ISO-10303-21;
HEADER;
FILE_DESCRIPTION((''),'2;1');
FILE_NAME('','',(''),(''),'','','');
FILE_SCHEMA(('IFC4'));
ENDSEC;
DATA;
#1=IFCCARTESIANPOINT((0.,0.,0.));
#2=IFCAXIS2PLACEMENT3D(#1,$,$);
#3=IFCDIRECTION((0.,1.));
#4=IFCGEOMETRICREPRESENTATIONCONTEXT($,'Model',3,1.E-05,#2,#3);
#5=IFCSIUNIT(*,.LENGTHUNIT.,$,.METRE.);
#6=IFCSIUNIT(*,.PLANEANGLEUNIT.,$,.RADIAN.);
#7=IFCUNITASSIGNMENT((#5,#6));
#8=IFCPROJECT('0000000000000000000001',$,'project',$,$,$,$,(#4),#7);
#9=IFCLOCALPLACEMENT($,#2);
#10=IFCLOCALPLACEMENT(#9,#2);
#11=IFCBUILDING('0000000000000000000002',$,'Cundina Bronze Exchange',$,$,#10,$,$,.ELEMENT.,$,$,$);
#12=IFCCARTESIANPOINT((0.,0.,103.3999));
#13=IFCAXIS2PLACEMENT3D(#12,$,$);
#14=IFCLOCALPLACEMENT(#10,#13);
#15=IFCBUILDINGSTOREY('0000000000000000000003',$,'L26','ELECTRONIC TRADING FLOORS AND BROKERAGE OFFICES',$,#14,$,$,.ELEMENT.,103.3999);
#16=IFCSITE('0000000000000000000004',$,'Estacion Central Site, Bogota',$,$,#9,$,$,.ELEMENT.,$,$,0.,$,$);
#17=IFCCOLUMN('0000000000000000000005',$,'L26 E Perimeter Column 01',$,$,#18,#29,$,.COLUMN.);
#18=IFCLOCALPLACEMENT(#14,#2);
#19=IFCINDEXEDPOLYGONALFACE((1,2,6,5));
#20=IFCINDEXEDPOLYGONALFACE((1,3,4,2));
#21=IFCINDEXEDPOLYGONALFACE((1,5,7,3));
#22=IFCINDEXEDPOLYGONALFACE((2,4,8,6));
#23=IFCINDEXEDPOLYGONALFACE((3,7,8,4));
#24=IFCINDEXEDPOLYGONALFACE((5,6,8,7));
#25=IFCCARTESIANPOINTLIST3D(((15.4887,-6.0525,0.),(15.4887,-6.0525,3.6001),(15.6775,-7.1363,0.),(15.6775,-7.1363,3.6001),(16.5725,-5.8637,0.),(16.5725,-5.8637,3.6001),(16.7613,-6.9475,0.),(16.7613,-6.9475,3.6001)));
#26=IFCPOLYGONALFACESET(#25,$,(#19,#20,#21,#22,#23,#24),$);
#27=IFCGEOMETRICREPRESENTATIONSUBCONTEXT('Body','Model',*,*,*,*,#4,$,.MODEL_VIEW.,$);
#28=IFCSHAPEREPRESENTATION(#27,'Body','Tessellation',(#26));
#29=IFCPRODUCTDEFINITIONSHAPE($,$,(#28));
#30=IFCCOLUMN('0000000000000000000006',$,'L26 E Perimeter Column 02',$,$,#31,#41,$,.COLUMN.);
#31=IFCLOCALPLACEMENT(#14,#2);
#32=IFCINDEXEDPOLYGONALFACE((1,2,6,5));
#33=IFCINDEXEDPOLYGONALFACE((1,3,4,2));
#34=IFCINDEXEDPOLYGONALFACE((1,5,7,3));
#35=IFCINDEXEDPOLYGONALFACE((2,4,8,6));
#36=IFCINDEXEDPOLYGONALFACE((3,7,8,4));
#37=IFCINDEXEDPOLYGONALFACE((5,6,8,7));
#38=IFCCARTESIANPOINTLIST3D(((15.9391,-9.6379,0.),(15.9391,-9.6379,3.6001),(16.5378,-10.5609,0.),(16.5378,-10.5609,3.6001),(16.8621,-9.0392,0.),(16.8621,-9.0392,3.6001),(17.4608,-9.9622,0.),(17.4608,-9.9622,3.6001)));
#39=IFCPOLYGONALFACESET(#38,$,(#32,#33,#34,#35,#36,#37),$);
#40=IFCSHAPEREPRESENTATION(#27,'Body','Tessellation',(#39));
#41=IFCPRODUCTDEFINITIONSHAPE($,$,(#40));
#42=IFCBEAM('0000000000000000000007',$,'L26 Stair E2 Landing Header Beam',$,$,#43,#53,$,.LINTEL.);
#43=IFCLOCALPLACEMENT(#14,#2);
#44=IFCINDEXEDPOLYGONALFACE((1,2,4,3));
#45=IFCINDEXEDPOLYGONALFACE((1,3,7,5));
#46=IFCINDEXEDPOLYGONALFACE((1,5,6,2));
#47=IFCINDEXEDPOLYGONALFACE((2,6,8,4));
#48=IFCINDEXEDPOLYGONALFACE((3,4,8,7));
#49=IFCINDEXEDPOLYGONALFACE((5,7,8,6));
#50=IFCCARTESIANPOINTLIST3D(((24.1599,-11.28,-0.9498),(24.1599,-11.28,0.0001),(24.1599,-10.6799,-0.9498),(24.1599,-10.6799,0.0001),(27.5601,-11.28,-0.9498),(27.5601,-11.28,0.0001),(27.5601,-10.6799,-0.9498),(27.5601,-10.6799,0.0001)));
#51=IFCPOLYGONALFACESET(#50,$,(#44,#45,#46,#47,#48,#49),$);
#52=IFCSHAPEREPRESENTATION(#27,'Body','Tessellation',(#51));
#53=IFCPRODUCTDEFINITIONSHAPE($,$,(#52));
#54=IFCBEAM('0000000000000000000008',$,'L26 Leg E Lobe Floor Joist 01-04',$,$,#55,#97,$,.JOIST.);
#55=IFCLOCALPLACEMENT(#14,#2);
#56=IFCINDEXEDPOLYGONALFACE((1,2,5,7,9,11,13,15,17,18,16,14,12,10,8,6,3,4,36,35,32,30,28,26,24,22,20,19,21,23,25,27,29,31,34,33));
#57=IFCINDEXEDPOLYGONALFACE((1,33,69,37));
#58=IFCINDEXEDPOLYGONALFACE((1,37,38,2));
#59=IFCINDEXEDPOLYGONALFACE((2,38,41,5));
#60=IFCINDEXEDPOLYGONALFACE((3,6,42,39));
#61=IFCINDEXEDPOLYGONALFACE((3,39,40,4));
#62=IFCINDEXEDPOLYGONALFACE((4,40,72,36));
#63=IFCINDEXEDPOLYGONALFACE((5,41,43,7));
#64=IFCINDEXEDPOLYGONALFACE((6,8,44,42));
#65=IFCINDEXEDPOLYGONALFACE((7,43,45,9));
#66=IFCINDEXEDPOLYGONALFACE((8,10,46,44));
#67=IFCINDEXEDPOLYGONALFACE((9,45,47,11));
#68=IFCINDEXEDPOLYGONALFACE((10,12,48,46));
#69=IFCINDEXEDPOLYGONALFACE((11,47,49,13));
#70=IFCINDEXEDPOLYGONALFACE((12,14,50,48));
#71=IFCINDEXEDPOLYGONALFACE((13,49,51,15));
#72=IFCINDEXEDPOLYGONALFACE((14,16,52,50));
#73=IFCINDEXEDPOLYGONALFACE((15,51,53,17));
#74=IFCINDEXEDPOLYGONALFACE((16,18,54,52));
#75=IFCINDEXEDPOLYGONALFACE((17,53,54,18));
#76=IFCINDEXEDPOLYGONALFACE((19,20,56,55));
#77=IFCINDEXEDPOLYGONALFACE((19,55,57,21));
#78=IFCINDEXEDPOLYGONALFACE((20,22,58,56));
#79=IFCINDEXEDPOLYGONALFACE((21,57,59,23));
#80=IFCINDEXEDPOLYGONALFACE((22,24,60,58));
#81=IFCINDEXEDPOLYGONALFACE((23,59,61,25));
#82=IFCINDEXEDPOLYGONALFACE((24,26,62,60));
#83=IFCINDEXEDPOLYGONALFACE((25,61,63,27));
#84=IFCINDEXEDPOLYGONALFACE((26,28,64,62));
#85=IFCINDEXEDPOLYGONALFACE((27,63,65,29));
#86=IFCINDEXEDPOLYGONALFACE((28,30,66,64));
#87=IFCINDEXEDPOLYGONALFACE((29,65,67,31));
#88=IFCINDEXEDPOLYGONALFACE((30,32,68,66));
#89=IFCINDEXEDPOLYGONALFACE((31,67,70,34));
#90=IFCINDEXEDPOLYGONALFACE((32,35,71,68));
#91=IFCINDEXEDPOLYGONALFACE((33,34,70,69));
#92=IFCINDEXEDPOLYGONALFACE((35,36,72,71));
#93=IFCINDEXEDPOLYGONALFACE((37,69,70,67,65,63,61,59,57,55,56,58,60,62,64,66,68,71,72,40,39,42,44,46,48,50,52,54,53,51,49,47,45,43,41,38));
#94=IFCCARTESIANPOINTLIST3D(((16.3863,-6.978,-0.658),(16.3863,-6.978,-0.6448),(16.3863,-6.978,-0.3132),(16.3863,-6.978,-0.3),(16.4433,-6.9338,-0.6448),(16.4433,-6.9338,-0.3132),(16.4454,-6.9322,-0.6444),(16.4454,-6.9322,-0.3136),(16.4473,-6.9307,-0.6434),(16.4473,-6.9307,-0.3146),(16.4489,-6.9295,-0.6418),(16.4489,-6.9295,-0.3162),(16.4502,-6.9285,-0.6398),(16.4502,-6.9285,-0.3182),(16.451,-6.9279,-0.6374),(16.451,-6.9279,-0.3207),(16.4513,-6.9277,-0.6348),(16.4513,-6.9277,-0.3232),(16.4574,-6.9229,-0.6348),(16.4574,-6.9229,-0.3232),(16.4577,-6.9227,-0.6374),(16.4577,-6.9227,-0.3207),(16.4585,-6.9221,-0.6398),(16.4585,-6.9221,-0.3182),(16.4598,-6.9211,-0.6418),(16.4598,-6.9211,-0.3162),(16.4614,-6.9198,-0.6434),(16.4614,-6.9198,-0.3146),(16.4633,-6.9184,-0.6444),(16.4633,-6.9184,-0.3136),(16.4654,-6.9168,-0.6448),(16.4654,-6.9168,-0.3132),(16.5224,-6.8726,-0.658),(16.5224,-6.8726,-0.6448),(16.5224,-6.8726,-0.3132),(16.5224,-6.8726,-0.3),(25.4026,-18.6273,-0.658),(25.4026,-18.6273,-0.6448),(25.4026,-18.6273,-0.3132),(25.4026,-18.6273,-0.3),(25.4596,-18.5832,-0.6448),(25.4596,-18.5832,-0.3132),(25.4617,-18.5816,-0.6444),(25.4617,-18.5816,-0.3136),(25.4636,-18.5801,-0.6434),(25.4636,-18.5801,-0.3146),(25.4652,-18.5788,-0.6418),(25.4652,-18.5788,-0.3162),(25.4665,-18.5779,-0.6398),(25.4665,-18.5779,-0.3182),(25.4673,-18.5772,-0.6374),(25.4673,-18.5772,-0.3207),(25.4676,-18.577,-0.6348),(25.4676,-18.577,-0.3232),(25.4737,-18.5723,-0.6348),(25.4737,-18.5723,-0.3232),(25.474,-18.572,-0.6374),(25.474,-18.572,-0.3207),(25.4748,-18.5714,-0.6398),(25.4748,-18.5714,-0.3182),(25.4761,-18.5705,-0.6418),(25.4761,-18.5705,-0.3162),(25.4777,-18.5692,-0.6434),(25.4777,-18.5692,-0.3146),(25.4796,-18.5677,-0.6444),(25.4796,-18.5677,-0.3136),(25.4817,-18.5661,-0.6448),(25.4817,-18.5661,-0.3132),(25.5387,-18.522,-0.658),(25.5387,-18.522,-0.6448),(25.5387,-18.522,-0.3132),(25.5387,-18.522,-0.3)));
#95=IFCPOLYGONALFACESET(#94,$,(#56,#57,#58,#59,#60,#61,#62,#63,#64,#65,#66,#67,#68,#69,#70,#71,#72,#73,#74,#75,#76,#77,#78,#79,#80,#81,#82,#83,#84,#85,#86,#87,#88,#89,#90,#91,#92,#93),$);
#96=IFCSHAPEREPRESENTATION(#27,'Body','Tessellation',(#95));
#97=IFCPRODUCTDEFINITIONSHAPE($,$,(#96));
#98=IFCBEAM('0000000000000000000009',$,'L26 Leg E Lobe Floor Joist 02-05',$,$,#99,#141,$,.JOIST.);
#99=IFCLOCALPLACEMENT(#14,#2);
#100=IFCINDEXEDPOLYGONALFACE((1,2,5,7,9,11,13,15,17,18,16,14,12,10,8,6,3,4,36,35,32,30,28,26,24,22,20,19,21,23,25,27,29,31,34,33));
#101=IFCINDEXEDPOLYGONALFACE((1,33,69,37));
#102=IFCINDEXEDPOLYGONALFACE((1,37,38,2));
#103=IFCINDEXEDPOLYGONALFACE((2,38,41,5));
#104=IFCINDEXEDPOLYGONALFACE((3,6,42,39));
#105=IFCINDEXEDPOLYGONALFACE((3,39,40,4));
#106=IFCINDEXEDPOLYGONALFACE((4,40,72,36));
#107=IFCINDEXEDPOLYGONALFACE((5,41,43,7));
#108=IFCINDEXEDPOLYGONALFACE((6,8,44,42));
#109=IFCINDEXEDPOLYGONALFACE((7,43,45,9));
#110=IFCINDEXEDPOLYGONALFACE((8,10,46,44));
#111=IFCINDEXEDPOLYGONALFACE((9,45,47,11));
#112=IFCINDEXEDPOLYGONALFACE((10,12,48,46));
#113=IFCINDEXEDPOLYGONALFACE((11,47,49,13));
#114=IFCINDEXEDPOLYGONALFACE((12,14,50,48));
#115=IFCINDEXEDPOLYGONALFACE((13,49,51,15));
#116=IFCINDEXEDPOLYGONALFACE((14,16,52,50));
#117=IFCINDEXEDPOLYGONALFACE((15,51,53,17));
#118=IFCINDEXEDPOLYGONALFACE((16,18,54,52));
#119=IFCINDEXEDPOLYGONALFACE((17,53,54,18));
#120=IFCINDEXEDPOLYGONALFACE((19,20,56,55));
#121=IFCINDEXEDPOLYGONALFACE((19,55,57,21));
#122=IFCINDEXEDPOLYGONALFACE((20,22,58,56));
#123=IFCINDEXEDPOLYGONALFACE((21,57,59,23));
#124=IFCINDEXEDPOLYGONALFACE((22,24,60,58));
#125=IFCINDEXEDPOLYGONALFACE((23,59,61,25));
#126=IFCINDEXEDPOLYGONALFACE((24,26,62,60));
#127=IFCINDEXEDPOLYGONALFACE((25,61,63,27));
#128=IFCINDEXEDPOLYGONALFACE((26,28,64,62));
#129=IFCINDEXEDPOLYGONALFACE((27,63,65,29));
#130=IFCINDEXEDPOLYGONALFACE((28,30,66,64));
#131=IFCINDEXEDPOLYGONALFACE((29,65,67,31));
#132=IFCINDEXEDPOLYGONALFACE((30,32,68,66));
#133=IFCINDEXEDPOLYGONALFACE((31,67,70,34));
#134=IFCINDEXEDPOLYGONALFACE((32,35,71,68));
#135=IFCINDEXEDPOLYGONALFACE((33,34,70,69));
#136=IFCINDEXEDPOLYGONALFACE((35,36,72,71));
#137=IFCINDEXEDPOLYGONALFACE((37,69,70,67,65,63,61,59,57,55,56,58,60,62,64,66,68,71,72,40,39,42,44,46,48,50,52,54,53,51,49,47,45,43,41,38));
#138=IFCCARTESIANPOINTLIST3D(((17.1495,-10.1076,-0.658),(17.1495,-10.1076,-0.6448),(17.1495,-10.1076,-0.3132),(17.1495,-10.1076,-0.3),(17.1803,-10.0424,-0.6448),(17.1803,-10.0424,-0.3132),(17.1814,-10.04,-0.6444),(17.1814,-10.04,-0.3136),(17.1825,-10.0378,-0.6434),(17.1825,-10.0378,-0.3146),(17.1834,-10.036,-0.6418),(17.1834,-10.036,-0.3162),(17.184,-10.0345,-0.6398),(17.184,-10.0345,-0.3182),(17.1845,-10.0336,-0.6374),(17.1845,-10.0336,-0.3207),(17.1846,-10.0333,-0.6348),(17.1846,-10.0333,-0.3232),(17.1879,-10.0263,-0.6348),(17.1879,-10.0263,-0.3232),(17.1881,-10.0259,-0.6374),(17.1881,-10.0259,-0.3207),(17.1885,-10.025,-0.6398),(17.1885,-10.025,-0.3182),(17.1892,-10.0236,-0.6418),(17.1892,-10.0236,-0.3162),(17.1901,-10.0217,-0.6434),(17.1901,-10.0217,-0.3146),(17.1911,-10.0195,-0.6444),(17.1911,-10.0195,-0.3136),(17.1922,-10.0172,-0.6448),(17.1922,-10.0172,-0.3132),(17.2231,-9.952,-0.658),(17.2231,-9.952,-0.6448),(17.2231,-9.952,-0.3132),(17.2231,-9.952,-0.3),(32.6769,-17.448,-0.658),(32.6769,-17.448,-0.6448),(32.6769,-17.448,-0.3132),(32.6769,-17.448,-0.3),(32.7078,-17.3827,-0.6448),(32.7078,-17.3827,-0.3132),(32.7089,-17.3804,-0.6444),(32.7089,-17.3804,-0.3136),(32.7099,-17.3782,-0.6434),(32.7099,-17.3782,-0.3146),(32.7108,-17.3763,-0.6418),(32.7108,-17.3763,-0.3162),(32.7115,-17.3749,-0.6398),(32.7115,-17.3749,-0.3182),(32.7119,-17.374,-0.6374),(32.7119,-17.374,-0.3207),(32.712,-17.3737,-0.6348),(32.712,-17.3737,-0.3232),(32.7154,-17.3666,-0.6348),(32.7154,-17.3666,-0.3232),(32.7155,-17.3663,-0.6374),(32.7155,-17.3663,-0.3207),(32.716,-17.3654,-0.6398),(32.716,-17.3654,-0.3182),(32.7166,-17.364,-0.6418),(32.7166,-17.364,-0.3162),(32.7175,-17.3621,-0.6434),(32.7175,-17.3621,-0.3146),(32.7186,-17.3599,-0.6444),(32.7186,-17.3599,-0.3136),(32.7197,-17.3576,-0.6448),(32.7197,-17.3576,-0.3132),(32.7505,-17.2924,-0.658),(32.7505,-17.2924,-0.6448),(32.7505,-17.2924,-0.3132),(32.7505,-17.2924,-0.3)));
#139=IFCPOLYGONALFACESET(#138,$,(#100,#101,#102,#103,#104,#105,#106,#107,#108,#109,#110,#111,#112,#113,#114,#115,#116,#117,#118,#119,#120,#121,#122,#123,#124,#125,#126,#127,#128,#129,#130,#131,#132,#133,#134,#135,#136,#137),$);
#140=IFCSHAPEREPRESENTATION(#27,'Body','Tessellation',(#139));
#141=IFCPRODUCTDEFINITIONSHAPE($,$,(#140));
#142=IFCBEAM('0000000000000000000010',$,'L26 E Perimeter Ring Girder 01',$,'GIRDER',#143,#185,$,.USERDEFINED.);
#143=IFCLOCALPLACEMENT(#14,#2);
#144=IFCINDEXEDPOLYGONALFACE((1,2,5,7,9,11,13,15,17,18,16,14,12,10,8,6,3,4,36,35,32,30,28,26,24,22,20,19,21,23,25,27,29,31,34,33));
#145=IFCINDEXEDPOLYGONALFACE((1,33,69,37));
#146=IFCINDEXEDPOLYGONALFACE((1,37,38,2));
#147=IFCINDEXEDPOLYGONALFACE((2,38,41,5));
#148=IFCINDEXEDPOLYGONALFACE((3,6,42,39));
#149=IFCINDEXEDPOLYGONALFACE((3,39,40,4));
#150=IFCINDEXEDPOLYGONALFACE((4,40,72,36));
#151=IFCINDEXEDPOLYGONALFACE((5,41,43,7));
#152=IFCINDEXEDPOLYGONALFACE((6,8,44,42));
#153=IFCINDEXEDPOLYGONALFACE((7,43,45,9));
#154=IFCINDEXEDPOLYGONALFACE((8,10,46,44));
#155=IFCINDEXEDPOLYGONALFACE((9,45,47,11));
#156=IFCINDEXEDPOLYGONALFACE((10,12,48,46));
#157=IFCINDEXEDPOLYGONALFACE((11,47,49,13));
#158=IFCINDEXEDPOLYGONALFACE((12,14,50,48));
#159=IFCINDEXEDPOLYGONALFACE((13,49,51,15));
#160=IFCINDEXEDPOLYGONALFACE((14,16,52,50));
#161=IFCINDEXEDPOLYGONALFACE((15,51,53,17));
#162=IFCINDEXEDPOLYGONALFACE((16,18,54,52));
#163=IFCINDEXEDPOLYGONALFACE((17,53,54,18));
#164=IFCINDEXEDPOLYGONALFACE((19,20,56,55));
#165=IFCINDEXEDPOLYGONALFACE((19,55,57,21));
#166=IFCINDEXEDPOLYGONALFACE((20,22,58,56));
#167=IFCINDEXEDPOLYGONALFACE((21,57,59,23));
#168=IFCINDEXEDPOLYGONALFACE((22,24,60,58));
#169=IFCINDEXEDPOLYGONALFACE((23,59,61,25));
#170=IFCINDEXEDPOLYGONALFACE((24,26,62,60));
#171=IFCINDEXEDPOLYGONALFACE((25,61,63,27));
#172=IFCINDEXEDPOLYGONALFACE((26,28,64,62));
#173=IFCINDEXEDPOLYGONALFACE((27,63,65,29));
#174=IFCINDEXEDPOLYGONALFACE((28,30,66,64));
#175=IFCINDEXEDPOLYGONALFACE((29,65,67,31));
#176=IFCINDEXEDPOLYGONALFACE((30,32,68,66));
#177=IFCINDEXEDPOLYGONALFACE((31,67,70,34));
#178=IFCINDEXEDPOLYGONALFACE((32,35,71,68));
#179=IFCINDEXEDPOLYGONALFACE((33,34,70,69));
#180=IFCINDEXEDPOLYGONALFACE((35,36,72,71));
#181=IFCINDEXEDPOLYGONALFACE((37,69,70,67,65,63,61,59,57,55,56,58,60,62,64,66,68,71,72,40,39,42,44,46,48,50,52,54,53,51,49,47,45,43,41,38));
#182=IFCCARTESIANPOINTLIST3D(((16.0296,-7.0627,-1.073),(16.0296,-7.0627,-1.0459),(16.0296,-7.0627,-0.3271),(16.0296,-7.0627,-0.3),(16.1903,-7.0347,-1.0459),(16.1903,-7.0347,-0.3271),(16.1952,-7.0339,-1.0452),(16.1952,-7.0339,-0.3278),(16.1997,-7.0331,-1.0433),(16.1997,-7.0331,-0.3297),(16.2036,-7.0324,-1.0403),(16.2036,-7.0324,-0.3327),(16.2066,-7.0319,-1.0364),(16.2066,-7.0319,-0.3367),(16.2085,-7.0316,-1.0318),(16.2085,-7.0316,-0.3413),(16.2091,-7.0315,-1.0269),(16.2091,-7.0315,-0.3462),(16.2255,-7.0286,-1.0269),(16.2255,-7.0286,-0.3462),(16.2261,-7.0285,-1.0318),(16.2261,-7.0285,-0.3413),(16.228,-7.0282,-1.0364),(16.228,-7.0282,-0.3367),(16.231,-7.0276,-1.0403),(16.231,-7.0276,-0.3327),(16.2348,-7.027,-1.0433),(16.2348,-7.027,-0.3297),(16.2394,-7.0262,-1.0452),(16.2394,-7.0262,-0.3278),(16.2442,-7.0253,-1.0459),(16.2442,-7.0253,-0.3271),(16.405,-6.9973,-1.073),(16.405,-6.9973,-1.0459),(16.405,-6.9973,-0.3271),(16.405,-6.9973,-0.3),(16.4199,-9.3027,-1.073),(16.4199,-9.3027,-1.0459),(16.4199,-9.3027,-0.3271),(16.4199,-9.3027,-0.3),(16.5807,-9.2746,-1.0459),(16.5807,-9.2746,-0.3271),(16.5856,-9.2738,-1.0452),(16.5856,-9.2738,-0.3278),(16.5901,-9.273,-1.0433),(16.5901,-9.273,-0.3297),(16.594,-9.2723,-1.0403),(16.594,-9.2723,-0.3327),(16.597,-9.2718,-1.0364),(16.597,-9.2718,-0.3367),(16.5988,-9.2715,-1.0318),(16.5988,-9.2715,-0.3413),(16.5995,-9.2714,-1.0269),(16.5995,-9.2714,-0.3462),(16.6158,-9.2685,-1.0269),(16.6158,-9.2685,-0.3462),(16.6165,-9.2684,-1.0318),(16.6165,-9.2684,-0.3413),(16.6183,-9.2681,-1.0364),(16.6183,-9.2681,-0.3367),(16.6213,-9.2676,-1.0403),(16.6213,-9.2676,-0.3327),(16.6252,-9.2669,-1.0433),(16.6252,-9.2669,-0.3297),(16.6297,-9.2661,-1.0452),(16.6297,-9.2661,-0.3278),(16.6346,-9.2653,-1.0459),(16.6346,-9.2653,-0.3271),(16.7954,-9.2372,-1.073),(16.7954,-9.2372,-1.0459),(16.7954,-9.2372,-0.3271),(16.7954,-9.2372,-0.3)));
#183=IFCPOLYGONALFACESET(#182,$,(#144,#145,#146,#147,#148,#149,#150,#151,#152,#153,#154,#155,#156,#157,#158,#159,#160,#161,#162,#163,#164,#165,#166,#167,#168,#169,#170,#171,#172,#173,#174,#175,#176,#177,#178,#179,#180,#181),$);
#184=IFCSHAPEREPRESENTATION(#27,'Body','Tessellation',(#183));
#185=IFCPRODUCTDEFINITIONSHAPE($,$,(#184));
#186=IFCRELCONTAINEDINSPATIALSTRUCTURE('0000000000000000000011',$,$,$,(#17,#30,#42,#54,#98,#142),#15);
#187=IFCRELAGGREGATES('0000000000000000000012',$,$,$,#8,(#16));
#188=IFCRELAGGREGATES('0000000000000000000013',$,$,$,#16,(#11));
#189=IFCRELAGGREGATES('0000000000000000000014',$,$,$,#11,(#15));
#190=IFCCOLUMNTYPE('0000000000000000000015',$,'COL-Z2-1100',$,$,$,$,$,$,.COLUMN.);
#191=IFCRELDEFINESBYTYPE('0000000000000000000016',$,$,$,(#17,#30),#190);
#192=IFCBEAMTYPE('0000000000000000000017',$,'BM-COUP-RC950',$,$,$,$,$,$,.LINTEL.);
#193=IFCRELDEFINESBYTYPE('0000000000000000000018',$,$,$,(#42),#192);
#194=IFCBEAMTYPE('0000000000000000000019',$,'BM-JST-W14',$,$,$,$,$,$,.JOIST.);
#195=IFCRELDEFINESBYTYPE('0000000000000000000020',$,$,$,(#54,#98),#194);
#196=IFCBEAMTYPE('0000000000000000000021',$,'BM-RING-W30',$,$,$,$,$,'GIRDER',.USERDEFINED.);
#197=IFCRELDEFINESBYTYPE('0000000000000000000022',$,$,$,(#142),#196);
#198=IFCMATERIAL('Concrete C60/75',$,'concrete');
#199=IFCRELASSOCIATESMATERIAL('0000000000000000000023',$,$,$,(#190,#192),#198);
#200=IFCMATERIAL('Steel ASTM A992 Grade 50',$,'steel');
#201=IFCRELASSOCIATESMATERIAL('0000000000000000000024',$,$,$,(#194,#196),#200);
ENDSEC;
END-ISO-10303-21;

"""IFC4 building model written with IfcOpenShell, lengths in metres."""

from ifc_helpers import new_model, si_unit, direction, frame, origin, origin_2d, place, context, subcontext, project, spatial, rectangle, i_section, extrude, material, material_profile, profile_set, type_object, element, save


model = new_model("IFC4")

# Units and contexts
model_context = context("Model", 3, precision=1e-05, world=origin(), true_north=direction((0.0, 1.0)))
body_context = subcontext(model_context, "Body", "Model", "MODEL_VIEW")
ifc_project = project(units=[si_unit("LENGTHUNIT", "METRE"), si_unit("PLANEANGLEUNIT", "RADIAN")], contexts=[model_context])

# Site, building, storey
site_placement = place(None, origin())
site = spatial("IfcSite", under=ifc_project, at=site_placement, Name="Estacion Central Site, Bogota", CompositionType="ELEMENT", RefElevation=0.0)
building_placement = place(site_placement, origin())
building = spatial("IfcBuilding", under=site, at=building_placement, Name="Cundina Bronze Exchange", CompositionType="ELEMENT")
storey_placement = place(building_placement, frame((0.0, 0.0, 103.3999)))
storey = spatial("IfcBuildingStorey", under=building, at=storey_placement, Name="L26", Description="ELECTRONIC TRADING FLOORS AND BROKERAGE OFFICES", CompositionType="ELEMENT", Elevation=103.3999)

# Columns
ifc_material_1 = material(Name="Concrete C60/75", Category="concrete")
ifc_material_profile_1 = material_profile(ifc_material_1, rectangle(XDim=1.1001, YDim=1.1001, at=origin_2d()), Name="RC1100X1100", Category="concrete")
ifc_profile_set_1 = profile_set([ifc_material_profile_1], Name="Concrete C60/75")
column_type = type_object("IfcColumnType", Name="COL-Z2-1100", PredefinedType="COLUMN", material=ifc_profile_set_1)
for number, where, z_axis, x_axis, name in (
    (1, (16.125, -6.5, 0.0), (0.0, 0.0, 1.0), (0.171585, -0.985169, 0.0), "L26 E Perimeter Column 01"),
    (2, (16.7, -9.8, 0.0), (0.0, 0.0, 1.0), (0.5442, -0.838956, 0.0), "L26 E Perimeter Column 02"),
):
    element("IfcColumn", number, at=place(storey_placement, frame(where, z_axis=z_axis, x_axis=x_axis)), inside=storey, type_object=column_type, Name=name, PredefinedType="COLUMN", context=body_context, shape_type="SweptSolid", body=[
        extrude(rectangle(XDim=1.1001, YDim=1.1001, at=origin_2d()), origin(), (0.0, 0.0, 1.0), 3.6001),
    ])

# Beams
ifc_material_profile_2 = material_profile(ifc_material_1, rectangle(XDim=0.6001, YDim=0.95, at=origin_2d()), Name="RC600X950", Category="concrete")
ifc_profile_set_2 = profile_set([ifc_material_profile_2], Name="Concrete C60/75")
beam_type_1 = type_object("IfcBeamType", Name="BM-COUP-RC950", PredefinedType="LINTEL", material=ifc_profile_set_2)
beam_1_placement = place(storey_placement, frame((24.1599, -10.98, -0.4749), z_axis=(1.0, 0.0, 0.0), x_axis=(0.0, 1.0, 0.0)))
element("IfcBeam", 3, at=beam_1_placement, inside=storey, type_object=beam_type_1, Name="L26 Stair E2 Landing Header Beam", PredefinedType="LINTEL", context=body_context, shape_type="SweptSolid", body=[
    extrude(rectangle(XDim=0.6001, YDim=0.95, at=origin_2d()), origin(), (0.0, 0.0, 1.0), 3.4001),
])
ifc_material_2 = material(Name="Steel ASTM A992 Grade 50", Category="steel")
ifc_material_profile_3 = material_profile(ifc_material_2, i_section(OverallWidth=0.1721, OverallDepth=0.3579, WebThickness=0.0078, FlangeThickness=0.0132, FilletRadius=0.01, at=origin_2d()), Name="W14X38", Category="steel")
ifc_profile_set_3 = profile_set([ifc_material_profile_3], Name="Steel ASTM A992 Grade 50")
beam_type_2 = type_object("IfcBeamType", Name="BM-JST-W14", PredefinedType="JOIST", material=ifc_profile_set_3)
beam_2_placement = place(storey_placement, frame((16.4543, -6.9253, -0.479), z_axis=(0.612065, -0.790807, 0.0), x_axis=(0.790807, 0.612065, 0.0)))
element("IfcBeam", 4, at=beam_2_placement, inside=storey, type_object=beam_type_2, Name="L26 Leg E Lobe Floor Joist 01-04", PredefinedType="JOIST", context=body_context, shape_type="SweptSolid", body=[
    extrude(i_section(OverallWidth=0.1721, OverallDepth=0.3579, WebThickness=0.0078, FlangeThickness=0.0132, FilletRadius=0.01, at=origin_2d()), origin(), (0.0, 0.0, 1.0), 14.731),
])
beam_3_placement = place(storey_placement, frame((17.1863, -10.0298, -0.479), z_axis=(0.904069, -0.427386, 0.0), x_axis=(0.427386, 0.904069, 0.0)))
element("IfcBeam", 5, at=beam_3_placement, inside=storey, type_object=beam_type_2, Name="L26 Leg E Lobe Floor Joist 02-05", PredefinedType="JOIST", context=body_context, shape_type="SweptSolid", body=[
    extrude(i_section(OverallWidth=0.1721, OverallDepth=0.3579, WebThickness=0.0078, FlangeThickness=0.0132, FilletRadius=0.01, at=origin_2d()), origin(), (0.0, 0.0, 1.0), 17.175),
])
ifc_material_profile_4 = material_profile(ifc_material_2, i_section(OverallWidth=0.3811, OverallDepth=0.7729, WebThickness=0.0166, FlangeThickness=0.0271, FilletRadius=0.019, at=origin_2d()), Name="W30X173", Category="steel")
ifc_profile_set_4 = profile_set([ifc_material_profile_4], Name="Steel ASTM A992 Grade 50")
beam_type_3 = type_object("IfcBeamType", Name="BM-RING-W30", ElementType="GIRDER", PredefinedType="USERDEFINED", material=ifc_profile_set_4)
beam_4_placement = place(storey_placement, frame((16.2173, -7.03, -0.6865), z_axis=(0.17169, -0.985151, 0.0), x_axis=(0.985151, 0.17169, 0.0)))
element("IfcBeam", 6, at=beam_4_placement, inside=storey, type_object=beam_type_3, Name="L26 E Perimeter Ring Girder 01", ObjectType="GIRDER", PredefinedType="USERDEFINED", context=body_context, shape_type="SweptSolid", body=[
    extrude(i_section(OverallWidth=0.3811, OverallDepth=0.7729, WebThickness=0.0166, FlangeThickness=0.0271, FilletRadius=0.019, at=origin_2d()), origin(), (0.0, 0.0, 1.0), 2.2737),
])

save(model, "model.ifc")
